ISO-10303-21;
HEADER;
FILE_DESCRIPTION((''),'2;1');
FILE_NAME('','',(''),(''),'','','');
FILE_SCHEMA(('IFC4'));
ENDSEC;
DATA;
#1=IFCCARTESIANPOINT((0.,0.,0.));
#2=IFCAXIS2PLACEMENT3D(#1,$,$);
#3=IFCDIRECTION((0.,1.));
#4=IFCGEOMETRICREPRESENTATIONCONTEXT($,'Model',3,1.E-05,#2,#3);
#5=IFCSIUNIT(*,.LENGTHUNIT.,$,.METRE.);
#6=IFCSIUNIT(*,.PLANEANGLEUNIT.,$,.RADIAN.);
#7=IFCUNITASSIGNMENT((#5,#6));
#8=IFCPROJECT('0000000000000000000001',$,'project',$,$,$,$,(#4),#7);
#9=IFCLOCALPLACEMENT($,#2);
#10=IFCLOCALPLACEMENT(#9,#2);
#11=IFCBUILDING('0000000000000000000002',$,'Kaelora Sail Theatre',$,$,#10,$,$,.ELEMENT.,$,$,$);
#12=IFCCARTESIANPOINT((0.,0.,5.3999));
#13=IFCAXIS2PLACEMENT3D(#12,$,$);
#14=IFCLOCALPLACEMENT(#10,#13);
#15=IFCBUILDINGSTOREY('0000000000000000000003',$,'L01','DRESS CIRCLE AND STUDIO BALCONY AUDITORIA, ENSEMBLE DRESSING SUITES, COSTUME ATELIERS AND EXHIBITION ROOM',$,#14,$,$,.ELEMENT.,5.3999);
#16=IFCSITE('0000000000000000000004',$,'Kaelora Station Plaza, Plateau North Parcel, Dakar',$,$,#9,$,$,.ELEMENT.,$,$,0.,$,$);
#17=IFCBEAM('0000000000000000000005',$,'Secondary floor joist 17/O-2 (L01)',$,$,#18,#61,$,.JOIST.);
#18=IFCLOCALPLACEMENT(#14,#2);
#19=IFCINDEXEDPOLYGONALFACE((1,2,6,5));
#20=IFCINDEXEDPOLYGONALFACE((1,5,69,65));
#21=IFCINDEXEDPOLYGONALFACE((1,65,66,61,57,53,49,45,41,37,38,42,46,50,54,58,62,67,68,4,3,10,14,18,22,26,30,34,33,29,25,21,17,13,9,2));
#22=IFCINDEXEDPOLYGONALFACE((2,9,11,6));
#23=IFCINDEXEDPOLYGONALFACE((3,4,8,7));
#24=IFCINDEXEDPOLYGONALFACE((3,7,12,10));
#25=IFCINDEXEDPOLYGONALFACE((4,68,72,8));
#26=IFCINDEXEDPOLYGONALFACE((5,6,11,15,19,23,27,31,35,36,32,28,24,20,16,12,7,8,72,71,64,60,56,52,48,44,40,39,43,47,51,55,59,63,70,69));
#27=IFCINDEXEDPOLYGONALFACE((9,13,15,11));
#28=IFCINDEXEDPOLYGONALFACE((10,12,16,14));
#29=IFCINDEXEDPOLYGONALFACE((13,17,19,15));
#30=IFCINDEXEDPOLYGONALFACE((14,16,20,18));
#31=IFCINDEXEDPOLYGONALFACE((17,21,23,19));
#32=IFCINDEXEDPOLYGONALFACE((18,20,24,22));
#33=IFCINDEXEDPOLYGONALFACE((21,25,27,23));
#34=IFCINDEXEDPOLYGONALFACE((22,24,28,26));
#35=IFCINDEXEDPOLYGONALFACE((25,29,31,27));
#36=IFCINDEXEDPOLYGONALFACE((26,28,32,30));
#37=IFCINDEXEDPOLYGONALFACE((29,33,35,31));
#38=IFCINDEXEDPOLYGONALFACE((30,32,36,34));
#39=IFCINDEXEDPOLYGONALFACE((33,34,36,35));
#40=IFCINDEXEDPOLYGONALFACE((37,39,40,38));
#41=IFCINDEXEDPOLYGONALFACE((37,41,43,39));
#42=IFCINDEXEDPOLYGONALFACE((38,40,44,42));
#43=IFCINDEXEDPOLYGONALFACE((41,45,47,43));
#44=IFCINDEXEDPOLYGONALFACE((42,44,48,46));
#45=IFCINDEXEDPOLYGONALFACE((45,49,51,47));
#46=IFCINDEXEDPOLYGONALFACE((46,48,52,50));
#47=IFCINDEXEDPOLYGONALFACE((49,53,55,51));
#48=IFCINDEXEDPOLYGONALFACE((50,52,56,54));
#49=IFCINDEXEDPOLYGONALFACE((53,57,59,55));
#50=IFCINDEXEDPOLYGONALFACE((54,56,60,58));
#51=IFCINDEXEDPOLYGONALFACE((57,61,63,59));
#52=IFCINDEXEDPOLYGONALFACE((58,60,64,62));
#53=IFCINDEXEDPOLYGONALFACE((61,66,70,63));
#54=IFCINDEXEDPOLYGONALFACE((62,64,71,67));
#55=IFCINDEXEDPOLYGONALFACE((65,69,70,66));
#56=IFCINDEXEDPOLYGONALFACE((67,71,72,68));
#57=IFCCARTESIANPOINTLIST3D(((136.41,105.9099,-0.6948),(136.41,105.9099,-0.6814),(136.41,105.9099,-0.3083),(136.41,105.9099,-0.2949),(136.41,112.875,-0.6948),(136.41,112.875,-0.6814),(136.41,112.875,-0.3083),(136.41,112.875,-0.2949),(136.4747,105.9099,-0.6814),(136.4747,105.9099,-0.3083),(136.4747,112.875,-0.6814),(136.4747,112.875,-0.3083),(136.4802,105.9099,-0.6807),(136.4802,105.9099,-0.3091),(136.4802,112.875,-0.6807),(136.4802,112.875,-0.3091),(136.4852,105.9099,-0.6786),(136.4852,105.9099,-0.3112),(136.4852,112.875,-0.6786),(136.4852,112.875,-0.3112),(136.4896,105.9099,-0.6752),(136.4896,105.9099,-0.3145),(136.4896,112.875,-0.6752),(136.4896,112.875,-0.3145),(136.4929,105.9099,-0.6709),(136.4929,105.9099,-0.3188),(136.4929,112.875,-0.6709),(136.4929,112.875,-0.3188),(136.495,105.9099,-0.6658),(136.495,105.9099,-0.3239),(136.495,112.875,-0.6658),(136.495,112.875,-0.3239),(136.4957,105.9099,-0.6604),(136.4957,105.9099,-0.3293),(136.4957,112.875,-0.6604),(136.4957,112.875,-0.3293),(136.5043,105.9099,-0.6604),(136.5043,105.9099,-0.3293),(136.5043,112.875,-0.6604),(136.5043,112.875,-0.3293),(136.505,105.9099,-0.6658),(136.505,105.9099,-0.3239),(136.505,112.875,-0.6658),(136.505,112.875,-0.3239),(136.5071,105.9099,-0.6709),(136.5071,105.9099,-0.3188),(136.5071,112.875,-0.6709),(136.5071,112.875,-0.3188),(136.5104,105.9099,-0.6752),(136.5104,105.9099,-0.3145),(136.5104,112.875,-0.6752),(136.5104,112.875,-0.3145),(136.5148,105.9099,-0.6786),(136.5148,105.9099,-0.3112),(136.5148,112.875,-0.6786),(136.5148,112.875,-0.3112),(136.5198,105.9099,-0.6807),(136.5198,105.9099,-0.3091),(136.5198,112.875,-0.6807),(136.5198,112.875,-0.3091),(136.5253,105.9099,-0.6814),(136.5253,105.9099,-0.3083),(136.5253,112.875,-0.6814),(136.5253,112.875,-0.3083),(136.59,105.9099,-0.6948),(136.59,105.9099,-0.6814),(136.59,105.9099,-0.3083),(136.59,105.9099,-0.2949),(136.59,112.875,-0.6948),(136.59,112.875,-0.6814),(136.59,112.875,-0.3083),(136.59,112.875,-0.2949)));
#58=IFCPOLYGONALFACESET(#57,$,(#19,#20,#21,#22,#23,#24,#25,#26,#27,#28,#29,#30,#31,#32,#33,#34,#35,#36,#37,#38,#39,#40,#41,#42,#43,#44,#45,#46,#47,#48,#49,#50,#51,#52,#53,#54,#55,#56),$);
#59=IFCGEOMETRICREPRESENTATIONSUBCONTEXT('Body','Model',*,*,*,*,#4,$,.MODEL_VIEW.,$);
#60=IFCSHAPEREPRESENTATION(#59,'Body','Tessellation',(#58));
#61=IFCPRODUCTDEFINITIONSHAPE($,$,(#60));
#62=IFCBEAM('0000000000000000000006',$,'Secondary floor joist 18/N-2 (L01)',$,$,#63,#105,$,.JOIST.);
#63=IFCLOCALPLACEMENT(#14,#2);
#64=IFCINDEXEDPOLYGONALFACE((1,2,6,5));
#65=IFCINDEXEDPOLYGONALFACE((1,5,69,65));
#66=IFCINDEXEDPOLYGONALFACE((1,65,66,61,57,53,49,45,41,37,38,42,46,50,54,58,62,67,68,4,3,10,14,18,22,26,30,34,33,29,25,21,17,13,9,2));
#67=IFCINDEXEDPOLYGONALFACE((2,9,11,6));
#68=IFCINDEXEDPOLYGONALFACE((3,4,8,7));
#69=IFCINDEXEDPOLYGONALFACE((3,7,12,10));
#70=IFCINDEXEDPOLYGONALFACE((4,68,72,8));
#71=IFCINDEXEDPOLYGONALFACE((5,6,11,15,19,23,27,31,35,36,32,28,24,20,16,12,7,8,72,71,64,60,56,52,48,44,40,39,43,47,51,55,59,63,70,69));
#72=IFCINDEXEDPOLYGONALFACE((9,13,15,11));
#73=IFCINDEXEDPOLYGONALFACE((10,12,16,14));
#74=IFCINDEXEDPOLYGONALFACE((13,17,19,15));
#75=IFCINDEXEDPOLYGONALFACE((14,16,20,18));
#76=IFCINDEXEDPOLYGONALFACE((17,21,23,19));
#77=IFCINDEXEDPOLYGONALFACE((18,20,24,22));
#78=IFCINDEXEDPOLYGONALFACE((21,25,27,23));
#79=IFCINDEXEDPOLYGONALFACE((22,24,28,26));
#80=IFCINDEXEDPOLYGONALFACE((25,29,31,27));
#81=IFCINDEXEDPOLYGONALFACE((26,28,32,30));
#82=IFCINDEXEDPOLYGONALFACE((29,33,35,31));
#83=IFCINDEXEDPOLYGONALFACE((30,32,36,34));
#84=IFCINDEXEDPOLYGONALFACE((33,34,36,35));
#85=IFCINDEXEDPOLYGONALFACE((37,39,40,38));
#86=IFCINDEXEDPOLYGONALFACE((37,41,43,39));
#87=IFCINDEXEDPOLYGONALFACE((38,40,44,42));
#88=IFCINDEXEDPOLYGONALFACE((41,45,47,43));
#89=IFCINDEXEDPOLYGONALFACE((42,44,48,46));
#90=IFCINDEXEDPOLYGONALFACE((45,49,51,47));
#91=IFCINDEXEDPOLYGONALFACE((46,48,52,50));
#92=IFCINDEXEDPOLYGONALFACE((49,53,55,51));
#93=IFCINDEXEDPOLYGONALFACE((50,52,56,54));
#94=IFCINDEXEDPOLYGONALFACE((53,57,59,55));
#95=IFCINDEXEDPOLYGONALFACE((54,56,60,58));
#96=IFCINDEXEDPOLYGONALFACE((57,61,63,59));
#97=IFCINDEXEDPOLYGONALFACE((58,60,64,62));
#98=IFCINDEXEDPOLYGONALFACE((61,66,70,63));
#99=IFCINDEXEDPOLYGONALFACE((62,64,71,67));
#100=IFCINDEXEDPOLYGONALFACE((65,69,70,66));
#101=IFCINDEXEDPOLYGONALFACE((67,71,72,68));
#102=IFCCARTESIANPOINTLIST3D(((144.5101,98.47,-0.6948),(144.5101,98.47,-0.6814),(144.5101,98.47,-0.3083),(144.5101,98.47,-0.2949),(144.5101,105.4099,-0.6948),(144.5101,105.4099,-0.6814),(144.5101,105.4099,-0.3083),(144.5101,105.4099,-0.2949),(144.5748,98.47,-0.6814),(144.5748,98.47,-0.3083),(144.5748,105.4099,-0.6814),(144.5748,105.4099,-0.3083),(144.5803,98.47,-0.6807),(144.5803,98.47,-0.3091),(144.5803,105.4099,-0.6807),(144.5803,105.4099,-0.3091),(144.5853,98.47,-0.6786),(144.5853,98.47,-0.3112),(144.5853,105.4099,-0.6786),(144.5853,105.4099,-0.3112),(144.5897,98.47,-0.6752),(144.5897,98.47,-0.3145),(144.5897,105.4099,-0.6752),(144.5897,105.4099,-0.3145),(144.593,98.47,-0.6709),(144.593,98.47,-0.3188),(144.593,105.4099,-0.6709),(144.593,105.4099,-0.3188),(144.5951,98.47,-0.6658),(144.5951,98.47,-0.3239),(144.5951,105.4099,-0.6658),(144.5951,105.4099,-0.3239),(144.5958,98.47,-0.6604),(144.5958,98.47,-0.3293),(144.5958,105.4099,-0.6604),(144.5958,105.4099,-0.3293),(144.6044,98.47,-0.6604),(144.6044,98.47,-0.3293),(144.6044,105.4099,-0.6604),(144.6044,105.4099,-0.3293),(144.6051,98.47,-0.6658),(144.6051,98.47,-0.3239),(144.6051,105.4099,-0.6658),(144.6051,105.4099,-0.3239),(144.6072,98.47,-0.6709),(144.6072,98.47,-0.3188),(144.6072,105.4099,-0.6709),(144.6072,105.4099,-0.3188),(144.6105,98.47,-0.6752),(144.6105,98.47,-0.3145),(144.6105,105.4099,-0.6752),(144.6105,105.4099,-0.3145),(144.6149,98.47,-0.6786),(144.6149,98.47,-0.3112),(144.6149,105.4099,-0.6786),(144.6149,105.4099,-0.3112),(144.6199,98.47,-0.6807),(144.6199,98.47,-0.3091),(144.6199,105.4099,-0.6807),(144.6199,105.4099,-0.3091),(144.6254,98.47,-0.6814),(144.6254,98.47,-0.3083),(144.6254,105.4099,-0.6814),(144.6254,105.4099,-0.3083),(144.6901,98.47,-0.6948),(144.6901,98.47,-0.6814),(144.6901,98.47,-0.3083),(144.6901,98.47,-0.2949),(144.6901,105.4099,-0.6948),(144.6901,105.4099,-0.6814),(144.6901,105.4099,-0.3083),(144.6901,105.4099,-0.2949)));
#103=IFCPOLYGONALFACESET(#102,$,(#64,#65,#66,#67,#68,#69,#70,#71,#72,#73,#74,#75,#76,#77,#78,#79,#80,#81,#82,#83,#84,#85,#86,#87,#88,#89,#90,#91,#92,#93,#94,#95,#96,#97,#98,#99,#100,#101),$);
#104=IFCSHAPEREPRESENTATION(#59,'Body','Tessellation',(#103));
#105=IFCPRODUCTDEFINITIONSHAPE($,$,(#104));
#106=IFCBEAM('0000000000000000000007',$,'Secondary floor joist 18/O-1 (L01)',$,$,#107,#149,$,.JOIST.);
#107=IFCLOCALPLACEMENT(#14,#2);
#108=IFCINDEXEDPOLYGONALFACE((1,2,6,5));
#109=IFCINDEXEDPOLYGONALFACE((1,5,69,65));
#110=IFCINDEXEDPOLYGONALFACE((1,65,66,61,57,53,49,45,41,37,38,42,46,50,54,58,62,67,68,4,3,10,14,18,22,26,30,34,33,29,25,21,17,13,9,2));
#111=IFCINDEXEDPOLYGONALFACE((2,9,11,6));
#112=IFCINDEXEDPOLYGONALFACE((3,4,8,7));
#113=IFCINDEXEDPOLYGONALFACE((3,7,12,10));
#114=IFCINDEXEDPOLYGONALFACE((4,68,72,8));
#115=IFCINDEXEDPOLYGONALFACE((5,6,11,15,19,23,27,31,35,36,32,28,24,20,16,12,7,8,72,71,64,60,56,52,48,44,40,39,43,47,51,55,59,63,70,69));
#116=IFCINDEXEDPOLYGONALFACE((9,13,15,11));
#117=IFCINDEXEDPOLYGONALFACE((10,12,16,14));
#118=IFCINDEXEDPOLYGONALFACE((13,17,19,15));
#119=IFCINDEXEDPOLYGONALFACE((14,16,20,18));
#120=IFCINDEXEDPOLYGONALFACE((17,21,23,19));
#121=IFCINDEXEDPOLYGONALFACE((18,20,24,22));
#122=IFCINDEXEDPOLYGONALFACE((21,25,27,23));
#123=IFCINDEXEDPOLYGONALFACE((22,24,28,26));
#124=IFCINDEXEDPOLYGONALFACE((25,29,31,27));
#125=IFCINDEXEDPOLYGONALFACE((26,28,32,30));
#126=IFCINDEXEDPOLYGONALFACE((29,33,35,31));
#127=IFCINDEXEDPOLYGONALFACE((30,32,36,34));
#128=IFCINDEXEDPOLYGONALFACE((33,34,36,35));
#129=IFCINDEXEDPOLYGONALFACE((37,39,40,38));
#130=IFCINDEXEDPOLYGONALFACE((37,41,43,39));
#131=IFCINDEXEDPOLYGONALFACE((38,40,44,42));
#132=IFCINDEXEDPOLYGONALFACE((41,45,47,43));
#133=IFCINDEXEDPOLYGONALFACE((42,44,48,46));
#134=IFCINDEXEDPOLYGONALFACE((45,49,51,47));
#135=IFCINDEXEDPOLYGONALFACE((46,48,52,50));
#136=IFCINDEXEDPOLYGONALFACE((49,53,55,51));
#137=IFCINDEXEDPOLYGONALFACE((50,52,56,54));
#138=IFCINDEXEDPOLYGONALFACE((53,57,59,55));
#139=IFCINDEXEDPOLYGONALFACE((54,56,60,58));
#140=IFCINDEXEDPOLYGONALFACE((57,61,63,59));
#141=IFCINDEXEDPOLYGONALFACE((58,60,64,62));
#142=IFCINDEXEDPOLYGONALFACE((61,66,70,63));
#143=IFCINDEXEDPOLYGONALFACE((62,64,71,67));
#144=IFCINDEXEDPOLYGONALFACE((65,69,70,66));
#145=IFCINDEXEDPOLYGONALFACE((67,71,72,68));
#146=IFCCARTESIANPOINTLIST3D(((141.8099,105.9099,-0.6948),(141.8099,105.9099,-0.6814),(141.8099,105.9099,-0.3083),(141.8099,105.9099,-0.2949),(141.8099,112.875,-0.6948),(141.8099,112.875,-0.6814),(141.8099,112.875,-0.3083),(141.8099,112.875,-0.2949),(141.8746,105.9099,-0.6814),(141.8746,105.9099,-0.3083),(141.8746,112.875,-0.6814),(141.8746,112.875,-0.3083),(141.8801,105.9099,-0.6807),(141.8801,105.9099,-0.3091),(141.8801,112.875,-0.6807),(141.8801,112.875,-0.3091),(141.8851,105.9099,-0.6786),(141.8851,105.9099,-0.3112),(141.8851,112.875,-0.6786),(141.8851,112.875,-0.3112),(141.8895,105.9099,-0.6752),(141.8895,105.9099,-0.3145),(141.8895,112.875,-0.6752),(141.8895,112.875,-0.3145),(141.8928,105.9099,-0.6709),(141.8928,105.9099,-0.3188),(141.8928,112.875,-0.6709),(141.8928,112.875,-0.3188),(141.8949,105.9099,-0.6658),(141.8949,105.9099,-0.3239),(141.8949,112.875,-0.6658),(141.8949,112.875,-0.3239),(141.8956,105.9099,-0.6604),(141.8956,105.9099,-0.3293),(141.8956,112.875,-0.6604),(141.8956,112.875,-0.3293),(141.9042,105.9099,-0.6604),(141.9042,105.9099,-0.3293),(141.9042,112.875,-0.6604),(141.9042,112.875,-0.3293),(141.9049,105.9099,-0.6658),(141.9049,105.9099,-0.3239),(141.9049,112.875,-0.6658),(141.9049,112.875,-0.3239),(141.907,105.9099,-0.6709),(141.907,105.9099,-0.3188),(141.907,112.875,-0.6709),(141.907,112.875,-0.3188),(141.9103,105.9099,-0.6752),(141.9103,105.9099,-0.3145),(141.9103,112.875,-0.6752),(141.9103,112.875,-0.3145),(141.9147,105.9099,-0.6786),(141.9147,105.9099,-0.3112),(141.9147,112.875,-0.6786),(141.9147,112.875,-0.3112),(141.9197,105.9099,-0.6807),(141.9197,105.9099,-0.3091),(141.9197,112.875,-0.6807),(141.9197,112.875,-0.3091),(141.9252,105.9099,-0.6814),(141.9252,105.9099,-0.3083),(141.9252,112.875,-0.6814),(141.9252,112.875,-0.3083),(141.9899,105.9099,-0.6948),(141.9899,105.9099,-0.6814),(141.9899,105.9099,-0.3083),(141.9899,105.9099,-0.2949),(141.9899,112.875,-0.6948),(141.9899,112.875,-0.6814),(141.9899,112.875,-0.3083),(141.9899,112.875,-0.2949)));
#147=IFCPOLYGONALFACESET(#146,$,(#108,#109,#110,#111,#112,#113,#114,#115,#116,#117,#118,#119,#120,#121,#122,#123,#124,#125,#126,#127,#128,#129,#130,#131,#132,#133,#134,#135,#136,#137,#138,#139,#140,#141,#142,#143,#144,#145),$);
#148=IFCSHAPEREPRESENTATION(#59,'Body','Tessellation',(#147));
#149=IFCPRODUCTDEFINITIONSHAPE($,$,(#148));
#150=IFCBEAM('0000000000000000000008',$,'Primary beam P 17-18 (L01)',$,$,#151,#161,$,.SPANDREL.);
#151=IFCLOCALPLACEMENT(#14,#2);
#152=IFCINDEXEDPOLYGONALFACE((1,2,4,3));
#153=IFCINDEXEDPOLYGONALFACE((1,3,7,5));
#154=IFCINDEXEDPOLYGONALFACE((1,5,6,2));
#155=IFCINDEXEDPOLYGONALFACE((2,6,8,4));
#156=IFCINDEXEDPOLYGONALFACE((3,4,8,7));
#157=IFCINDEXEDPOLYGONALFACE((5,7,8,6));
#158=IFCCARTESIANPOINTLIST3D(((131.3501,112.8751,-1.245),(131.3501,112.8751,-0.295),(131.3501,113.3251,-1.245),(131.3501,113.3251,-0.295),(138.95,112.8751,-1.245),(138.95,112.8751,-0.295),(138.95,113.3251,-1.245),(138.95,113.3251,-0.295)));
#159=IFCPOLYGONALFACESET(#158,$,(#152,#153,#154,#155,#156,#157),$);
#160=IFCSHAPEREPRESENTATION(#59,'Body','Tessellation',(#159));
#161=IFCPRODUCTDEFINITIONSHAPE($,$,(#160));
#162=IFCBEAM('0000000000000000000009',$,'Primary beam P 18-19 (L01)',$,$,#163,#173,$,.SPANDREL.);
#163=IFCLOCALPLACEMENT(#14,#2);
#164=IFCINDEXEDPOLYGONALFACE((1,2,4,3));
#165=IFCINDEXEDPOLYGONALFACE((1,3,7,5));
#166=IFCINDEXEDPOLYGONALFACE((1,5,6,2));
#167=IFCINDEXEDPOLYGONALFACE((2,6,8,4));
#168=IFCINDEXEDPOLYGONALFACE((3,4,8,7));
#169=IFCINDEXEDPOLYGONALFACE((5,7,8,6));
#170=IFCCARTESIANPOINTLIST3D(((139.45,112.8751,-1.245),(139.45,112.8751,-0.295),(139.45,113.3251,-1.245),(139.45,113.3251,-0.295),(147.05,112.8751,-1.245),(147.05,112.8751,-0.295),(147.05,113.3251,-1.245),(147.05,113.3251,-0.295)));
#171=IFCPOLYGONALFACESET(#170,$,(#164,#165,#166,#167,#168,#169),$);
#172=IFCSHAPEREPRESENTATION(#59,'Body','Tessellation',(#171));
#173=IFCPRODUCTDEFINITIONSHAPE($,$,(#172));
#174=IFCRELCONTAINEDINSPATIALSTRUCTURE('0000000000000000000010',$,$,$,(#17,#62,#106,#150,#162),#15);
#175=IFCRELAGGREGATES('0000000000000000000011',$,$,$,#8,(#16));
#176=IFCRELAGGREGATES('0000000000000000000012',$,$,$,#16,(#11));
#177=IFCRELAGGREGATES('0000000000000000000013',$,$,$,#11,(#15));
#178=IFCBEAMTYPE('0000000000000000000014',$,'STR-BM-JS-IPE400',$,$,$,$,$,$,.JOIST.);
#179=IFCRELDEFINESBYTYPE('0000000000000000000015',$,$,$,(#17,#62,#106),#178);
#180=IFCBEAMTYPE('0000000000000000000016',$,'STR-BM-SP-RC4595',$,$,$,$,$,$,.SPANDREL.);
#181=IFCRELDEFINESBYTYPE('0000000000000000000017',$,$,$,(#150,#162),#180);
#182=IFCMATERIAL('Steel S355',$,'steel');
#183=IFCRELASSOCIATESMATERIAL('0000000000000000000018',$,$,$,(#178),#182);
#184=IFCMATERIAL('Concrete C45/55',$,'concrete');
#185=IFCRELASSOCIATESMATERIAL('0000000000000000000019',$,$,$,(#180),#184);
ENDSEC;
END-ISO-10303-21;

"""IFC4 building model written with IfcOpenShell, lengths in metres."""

from ifc_helpers import new_model, si_unit, direction, frame, origin, origin_2d, place, context, subcontext, project, spatial, rectangle, i_section, extrude, material, material_profile, profile_set, type_object, element, save


model = new_model("IFC4")

# Units and contexts
model_context = context("Model", 3, precision=1e-05, world=origin(), true_north=direction((0.0, 1.0)))
body_context = subcontext(model_context, "Body", "Model", "MODEL_VIEW")
ifc_project = project(units=[si_unit("LENGTHUNIT", "METRE"), si_unit("PLANEANGLEUNIT", "RADIAN")], contexts=[model_context])

# Site, building, storey
site_placement = place(None, origin())
site = spatial("IfcSite", under=ifc_project, at=site_placement, Name="Kaelora Station Plaza, Plateau North Parcel, Dakar", CompositionType="ELEMENT", RefElevation=0.0)
building_placement = place(site_placement, origin())
building = spatial("IfcBuilding", under=site, at=building_placement, Name="Kaelora Sail Theatre", CompositionType="ELEMENT")
storey_placement = place(building_placement, frame((0.0, 0.0, 5.3999)))
storey = spatial("IfcBuildingStorey", under=building, at=storey_placement, Name="L01", Description="DRESS CIRCLE AND STUDIO BALCONY AUDITORIA, ENSEMBLE DRESSING SUITES, COSTUME ATELIERS AND EXHIBITION ROOM", CompositionType="ELEMENT", Elevation=5.3999)

# Beams
ifc_material_1 = material(Name="Steel S355", Category="steel")
ifc_material_profile_1 = material_profile(ifc_material_1, i_section(OverallWidth=0.1799, OverallDepth=0.3999, WebThickness=0.0085, FlangeThickness=0.0134, FilletRadius=0.021, at=origin_2d()), Name="IPE 400")
ifc_profile_set_1 = profile_set([ifc_material_profile_1], Name="Steel S355")
beam_type_1 = type_object("IfcBeamType", Name="STR-BM-JS-IPE400", PredefinedType="JOIST", material=ifc_profile_set_1)
beam_1_placement = place(storey_placement, frame((136.5, 105.9099, -0.4949), z_axis=(0.0, 1.0, 0.0), x_axis=(-1.0, 0.0, 0.0)))
element("IfcBeam", 1, at=beam_1_placement, inside=storey, type_object=beam_type_1, Name="Secondary floor joist 17/O-2 (L01)", PredefinedType="JOIST", context=body_context, shape_type="SweptSolid", body=[
    extrude(i_section(OverallWidth=0.1799, OverallDepth=0.3999, WebThickness=0.0085, FlangeThickness=0.0134, FilletRadius=0.021, at=origin_2d()), origin(), (0.0, 0.0, 1.0), 6.9651),
])
beam_2_placement = place(storey_placement, frame((144.6001, 98.47, -0.4949), z_axis=(0.0, 1.0, 0.0), x_axis=(-1.0, 0.0, 0.0)))
element("IfcBeam", 2, at=beam_2_placement, inside=storey, type_object=beam_type_1, Name="Secondary floor joist 18/N-2 (L01)", PredefinedType="JOIST", context=body_context, shape_type="SweptSolid", body=[
    extrude(i_section(OverallWidth=0.1799, OverallDepth=0.3999, WebThickness=0.0085, FlangeThickness=0.0134, FilletRadius=0.021, at=origin_2d()), origin(), (0.0, 0.0, 1.0), 6.9399),
])
beam_3_placement = place(storey_placement, frame((141.8999, 105.9099, -0.4949), z_axis=(0.0, 1.0, 0.0), x_axis=(-1.0, 0.0, 0.0)))
element("IfcBeam", 3, at=beam_3_placement, inside=storey, type_object=beam_type_1, Name="Secondary floor joist 18/O-1 (L01)", PredefinedType="JOIST", context=body_context, shape_type="SweptSolid", body=[
    extrude(i_section(OverallWidth=0.1799, OverallDepth=0.3999, WebThickness=0.0085, FlangeThickness=0.0134, FilletRadius=0.021, at=origin_2d()), origin(), (0.0, 0.0, 1.0), 6.9651),
])
ifc_material_2 = material(Name="Concrete C45/55", Category="concrete")
ifc_material_profile_2 = material_profile(ifc_material_2, rectangle(XDim=0.45, YDim=0.95, at=origin_2d()), Name="RC-SPN 450x950")
ifc_profile_set_2 = profile_set([ifc_material_profile_2], Name="Concrete C45/55")
beam_type_2 = type_object("IfcBeamType", Name="STR-BM-SP-RC4595", PredefinedType="SPANDREL", material=ifc_profile_set_2)
beam_4_placement = place(storey_placement, frame((131.3501, 113.1001, -0.77), z_axis=(1.0, 0.0, 0.0), x_axis=(0.0, 1.0, 0.0)))
element("IfcBeam", 4, at=beam_4_placement, inside=storey, type_object=beam_type_2, Name="Primary beam P 17-18 (L01)", PredefinedType="SPANDREL", context=body_context, shape_type="SweptSolid", body=[
    extrude(rectangle(XDim=0.45, YDim=0.95, at=origin_2d()), origin(), (0.0, 0.0, 1.0), 7.5999),
])
beam_5_placement = place(storey_placement, frame((139.45, 113.1001, -0.77), z_axis=(1.0, 0.0, 0.0), x_axis=(0.0, 1.0, 0.0)))
element("IfcBeam", 5, at=beam_5_placement, inside=storey, type_object=beam_type_2, Name="Primary beam P 18-19 (L01)", PredefinedType="SPANDREL", context=body_context, shape_type="SweptSolid", body=[
    extrude(rectangle(XDim=0.45, YDim=0.95, at=origin_2d()), origin(), (0.0, 0.0, 1.0), 7.6001),
])

save(model, "model.ifc")
